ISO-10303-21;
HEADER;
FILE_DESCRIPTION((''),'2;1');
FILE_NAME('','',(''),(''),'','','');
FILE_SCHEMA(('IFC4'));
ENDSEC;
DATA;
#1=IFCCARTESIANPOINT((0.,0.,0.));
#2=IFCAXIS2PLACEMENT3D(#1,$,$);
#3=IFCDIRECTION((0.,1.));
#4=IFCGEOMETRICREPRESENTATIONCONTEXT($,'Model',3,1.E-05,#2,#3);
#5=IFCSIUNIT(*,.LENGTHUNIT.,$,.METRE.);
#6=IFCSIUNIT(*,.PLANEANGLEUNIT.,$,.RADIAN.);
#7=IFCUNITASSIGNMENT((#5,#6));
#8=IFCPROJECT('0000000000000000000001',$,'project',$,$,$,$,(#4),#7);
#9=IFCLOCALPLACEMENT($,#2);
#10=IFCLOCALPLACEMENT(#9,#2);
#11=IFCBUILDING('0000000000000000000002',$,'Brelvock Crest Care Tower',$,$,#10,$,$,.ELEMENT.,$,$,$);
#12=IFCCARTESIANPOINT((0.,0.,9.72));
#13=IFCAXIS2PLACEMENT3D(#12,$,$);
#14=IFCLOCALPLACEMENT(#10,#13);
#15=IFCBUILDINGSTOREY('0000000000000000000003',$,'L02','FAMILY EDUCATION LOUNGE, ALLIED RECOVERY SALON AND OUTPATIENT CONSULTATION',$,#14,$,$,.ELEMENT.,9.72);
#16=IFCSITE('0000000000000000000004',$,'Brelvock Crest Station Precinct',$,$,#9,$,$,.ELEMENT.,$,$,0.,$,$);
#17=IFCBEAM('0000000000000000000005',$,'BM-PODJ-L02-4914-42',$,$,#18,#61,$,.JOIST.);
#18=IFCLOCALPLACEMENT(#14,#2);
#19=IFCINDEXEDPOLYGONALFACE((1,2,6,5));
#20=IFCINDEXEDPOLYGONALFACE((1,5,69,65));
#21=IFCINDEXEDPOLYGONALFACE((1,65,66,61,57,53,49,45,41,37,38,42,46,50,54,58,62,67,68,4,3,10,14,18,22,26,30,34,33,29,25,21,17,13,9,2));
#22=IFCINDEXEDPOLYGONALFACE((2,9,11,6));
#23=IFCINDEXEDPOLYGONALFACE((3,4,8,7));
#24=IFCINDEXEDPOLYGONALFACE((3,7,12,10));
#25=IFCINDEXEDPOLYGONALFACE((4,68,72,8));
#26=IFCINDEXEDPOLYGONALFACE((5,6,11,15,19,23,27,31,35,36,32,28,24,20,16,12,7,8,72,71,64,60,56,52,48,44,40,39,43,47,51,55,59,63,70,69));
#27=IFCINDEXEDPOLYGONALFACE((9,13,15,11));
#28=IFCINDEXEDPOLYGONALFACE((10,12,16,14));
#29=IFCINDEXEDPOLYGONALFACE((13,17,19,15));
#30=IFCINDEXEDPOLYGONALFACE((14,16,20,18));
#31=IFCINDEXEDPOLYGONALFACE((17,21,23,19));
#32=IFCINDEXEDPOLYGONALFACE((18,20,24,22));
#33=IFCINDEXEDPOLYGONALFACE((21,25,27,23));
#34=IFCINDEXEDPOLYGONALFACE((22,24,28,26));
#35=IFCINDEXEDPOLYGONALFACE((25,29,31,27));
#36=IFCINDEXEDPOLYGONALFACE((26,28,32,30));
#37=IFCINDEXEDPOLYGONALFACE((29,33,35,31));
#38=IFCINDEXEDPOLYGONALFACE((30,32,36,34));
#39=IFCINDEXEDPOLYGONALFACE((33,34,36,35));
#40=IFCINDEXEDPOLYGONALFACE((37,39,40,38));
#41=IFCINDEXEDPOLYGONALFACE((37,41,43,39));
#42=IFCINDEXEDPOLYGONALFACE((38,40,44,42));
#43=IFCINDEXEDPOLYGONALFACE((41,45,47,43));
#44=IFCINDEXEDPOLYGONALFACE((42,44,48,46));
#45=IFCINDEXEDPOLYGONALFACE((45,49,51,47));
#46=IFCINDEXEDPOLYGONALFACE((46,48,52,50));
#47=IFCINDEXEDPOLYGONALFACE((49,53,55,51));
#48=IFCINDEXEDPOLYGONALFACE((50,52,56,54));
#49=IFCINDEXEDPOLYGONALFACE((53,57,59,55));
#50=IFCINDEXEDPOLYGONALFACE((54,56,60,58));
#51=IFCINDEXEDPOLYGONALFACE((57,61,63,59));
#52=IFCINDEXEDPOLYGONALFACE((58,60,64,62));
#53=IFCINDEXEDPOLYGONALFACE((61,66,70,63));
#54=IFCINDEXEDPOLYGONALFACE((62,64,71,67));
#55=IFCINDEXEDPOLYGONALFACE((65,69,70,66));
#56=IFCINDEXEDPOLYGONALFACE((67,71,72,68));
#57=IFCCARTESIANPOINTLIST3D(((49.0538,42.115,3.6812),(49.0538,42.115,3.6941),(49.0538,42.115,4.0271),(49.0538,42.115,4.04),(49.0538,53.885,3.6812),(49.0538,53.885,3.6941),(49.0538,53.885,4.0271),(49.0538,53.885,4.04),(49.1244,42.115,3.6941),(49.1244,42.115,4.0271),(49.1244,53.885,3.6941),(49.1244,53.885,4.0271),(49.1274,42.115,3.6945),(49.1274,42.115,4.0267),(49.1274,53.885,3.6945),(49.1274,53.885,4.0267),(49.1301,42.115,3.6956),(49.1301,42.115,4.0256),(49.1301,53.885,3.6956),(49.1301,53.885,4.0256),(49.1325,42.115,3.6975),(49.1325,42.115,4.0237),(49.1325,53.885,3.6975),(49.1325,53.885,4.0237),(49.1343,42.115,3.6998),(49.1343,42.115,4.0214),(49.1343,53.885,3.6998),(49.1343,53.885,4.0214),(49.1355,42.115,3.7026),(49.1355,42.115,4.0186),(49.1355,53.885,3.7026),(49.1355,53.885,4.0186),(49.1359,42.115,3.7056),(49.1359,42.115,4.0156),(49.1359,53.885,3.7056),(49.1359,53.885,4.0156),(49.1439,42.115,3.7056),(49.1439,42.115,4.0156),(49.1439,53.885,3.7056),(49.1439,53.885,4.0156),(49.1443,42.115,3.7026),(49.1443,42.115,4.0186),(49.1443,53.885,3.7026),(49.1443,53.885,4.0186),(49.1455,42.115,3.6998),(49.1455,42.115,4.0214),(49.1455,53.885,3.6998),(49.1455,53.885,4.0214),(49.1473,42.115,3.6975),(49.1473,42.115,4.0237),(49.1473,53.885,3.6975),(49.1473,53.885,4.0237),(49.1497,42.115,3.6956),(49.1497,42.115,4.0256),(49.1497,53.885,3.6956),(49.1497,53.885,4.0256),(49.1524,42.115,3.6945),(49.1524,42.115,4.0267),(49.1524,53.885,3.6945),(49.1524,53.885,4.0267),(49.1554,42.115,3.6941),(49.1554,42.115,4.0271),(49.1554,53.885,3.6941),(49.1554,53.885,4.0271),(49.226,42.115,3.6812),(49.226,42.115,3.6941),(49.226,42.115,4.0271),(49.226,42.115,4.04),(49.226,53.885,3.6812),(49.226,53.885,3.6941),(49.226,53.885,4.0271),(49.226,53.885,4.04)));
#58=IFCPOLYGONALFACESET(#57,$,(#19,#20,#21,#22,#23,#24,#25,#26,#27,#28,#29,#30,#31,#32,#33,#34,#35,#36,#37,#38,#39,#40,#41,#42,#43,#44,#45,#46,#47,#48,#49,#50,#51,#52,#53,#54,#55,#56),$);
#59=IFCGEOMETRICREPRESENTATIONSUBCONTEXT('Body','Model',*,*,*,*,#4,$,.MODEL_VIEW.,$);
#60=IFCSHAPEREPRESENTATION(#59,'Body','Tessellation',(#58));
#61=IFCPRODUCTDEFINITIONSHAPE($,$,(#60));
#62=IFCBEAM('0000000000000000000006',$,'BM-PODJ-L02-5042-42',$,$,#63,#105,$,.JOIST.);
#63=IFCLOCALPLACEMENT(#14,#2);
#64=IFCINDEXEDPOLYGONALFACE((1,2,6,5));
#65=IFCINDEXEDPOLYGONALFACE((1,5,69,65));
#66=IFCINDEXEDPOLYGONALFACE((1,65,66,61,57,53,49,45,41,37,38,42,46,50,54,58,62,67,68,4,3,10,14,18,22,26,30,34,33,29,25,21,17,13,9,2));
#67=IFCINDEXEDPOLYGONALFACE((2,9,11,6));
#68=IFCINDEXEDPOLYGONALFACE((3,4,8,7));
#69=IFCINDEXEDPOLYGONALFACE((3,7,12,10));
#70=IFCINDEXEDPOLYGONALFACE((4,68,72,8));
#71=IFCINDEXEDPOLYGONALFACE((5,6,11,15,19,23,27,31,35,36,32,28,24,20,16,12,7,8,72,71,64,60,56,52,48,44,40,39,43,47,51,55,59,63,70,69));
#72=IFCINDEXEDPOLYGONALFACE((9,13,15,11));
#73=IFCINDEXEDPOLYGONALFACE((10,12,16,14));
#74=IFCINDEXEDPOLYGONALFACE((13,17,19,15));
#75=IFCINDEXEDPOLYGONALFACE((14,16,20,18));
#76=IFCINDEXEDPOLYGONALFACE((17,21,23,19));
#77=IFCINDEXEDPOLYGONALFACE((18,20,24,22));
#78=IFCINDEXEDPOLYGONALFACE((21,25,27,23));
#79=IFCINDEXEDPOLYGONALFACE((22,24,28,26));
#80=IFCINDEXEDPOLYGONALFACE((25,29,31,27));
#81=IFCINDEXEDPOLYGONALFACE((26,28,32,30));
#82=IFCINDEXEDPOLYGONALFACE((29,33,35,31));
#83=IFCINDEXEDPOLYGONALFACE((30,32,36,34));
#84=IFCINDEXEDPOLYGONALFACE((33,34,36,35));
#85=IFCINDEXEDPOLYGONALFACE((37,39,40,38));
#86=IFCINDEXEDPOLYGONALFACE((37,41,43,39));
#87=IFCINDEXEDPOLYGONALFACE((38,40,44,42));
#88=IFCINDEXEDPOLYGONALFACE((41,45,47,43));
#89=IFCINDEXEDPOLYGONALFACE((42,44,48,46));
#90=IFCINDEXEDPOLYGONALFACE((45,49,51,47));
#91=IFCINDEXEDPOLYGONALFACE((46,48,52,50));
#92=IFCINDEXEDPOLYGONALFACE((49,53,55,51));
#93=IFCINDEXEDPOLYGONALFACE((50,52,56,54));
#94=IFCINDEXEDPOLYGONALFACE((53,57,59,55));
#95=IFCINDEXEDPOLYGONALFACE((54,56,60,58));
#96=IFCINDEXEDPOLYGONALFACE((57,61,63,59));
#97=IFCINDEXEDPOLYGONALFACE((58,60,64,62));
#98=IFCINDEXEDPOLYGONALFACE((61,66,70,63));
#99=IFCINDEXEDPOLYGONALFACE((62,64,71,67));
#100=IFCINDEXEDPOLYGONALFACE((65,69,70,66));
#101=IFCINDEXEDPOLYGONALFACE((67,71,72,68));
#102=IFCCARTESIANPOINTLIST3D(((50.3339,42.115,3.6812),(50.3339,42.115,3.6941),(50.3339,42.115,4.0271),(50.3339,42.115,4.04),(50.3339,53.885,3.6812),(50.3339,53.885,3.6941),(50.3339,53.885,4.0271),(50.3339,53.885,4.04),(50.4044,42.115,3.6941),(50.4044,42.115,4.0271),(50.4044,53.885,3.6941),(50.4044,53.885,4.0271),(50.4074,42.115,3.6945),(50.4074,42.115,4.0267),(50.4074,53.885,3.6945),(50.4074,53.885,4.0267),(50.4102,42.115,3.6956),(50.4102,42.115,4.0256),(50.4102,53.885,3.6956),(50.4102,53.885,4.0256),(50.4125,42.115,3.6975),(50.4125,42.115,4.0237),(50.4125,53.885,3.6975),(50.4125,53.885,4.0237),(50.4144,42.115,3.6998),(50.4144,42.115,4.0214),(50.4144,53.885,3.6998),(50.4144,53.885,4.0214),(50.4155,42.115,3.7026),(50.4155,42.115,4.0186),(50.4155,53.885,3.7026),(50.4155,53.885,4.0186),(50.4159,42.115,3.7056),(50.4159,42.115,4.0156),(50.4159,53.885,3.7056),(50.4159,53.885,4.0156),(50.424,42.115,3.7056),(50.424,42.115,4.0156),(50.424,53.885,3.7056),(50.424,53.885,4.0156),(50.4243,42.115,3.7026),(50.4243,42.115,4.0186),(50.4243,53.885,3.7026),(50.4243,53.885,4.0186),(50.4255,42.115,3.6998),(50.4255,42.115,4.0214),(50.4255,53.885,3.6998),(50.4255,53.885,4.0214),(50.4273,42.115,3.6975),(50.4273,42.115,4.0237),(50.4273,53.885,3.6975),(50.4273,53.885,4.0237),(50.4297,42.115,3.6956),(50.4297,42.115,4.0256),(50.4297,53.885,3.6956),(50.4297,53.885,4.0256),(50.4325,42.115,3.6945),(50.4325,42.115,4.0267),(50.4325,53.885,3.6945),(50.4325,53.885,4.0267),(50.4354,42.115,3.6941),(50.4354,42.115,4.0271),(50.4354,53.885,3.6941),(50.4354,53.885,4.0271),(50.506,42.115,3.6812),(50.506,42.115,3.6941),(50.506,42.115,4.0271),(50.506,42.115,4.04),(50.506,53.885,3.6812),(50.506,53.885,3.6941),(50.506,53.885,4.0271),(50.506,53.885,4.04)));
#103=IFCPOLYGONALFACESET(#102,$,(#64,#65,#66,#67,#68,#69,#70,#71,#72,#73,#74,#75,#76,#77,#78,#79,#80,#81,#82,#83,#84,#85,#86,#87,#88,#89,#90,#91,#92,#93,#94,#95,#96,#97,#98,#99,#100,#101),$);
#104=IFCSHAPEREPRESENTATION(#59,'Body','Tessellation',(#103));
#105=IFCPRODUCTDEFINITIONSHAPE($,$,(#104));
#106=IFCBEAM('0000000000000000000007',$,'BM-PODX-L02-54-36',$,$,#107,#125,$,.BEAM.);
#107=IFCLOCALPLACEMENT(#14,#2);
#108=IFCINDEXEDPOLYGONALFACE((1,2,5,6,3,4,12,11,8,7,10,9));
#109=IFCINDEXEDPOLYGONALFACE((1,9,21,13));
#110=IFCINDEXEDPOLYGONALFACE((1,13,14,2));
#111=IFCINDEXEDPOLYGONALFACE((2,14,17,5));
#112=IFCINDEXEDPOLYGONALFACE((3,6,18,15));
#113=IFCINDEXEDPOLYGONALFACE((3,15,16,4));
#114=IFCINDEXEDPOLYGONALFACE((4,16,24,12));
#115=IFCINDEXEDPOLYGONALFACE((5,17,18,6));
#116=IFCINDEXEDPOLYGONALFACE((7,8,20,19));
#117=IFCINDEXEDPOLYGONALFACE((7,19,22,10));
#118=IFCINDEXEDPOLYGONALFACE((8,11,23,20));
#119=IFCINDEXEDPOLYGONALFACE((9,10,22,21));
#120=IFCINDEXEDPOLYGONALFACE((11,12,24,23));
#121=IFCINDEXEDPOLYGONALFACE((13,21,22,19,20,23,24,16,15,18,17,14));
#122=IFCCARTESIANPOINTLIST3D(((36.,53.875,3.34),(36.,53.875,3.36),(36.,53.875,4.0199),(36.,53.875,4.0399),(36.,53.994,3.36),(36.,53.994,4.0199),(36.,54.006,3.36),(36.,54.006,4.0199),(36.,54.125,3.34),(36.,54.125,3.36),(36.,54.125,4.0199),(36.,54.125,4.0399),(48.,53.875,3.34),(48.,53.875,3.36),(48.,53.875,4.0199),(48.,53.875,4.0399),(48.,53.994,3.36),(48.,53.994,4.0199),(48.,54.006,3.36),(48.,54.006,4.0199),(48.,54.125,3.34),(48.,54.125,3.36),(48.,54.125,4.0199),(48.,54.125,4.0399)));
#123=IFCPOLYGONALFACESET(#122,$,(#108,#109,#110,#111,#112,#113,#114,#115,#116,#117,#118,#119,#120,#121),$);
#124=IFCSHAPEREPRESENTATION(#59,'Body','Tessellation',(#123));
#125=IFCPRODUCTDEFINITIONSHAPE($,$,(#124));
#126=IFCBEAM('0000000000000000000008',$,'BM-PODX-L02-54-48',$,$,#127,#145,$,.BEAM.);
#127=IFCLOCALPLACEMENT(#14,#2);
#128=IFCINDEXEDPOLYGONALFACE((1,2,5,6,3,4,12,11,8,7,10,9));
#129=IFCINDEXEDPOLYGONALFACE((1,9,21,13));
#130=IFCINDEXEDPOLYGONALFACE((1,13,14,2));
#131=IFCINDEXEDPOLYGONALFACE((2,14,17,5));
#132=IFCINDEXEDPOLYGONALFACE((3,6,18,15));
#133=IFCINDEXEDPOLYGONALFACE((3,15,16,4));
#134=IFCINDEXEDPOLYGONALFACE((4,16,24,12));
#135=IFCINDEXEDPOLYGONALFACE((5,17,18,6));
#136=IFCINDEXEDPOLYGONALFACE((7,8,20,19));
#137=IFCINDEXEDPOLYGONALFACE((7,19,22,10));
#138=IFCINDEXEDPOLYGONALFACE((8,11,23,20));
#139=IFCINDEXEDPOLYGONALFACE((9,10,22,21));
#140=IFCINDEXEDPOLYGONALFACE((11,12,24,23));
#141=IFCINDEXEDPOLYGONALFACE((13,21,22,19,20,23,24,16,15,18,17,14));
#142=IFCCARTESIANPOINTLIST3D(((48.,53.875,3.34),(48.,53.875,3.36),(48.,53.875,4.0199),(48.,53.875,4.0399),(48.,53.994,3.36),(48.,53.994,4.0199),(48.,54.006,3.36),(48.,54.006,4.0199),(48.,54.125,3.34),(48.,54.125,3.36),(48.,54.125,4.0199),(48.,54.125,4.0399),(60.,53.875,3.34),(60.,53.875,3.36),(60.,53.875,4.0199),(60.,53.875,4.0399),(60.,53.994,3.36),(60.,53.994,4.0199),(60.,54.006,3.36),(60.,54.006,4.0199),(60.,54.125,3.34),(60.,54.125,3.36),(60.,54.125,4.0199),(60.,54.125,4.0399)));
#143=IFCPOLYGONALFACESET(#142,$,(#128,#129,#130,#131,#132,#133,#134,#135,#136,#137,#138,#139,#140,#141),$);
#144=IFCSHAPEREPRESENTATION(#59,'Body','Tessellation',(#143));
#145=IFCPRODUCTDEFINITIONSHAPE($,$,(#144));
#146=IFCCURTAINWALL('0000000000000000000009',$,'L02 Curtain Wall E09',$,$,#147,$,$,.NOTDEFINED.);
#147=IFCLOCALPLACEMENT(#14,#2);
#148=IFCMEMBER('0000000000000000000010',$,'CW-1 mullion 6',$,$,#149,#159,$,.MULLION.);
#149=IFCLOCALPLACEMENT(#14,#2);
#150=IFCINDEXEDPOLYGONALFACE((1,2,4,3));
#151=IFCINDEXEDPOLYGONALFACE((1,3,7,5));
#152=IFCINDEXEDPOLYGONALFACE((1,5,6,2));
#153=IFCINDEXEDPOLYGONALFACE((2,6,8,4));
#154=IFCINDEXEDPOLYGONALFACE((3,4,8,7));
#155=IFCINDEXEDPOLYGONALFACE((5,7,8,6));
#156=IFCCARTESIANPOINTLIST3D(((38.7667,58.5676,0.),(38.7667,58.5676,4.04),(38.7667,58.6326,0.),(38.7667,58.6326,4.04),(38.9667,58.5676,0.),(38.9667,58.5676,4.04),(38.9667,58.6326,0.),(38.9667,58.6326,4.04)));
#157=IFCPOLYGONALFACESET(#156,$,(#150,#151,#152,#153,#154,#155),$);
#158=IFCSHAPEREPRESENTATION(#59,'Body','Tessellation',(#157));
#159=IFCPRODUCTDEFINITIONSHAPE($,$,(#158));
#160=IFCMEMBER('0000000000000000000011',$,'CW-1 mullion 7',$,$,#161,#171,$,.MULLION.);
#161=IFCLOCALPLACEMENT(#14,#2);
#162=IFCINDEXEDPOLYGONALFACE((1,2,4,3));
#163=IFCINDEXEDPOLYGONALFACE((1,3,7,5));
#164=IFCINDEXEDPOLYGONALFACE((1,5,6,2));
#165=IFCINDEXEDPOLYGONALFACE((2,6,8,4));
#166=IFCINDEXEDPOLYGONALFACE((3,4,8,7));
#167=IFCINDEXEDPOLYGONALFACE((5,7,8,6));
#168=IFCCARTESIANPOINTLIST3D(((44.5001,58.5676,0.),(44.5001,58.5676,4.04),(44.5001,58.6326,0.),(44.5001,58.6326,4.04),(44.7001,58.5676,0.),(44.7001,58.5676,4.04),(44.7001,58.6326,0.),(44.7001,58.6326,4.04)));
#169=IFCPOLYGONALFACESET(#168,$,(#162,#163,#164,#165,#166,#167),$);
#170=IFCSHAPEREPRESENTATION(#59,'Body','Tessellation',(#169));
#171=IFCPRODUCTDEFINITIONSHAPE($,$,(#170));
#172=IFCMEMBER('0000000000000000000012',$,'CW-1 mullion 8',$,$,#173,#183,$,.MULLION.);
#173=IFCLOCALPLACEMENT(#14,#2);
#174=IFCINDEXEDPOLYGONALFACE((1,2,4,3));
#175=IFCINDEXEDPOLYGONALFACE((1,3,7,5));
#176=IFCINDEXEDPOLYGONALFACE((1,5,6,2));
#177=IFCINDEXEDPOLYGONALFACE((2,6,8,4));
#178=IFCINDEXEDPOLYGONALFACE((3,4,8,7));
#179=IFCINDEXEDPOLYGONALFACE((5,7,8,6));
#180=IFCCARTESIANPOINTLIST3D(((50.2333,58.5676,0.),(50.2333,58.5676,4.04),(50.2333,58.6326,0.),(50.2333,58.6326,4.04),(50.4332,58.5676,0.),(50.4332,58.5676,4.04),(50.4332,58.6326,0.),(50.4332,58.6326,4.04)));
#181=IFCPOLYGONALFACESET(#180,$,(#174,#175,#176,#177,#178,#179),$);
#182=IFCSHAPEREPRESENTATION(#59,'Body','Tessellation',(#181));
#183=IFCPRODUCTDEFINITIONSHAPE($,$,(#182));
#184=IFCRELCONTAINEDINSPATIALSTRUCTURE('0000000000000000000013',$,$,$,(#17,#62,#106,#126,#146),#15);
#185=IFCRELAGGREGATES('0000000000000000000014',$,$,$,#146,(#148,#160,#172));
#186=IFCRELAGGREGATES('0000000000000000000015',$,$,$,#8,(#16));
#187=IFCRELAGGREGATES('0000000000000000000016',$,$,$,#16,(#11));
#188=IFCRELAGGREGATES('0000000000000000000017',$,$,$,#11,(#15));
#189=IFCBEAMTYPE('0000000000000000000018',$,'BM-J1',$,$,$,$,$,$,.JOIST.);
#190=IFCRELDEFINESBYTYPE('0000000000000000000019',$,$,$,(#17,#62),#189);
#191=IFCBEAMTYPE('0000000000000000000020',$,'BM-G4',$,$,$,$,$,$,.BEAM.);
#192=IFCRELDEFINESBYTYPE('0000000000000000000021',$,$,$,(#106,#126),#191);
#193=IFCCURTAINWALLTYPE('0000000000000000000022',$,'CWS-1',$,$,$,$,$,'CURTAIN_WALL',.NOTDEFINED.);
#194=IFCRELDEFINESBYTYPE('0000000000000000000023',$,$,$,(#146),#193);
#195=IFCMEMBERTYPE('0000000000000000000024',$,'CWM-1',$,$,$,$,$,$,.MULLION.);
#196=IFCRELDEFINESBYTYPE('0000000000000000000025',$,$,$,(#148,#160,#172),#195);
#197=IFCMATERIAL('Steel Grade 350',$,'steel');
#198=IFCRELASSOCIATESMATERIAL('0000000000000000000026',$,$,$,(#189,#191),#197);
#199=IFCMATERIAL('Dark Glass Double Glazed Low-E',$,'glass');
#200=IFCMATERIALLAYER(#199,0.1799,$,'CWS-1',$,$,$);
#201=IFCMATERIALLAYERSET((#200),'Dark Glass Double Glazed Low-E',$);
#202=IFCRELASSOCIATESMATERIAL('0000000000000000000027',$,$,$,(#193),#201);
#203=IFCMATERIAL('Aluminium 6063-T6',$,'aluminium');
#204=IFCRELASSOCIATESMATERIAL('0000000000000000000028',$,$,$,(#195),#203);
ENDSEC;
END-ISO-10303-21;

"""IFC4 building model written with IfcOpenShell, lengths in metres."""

from ifc_helpers import new_model, si_unit, direction, frame, origin, origin_2d, place, context, subcontext, project, spatial, rectangle, i_section, extrude, source, transform, mapped, material, layer, layer_set, material_profile, profile_set, type_object, element, aggregate, save


model = new_model("IFC4")

# Units and contexts
model_context = context("Model", 3, precision=1e-05, world=origin(), true_north=direction((0.0, 1.0)))
body_context = subcontext(model_context, "Body", "Model", "MODEL_VIEW")
ifc_project = project(units=[si_unit("LENGTHUNIT", "METRE"), si_unit("PLANEANGLEUNIT", "RADIAN")], contexts=[model_context])

# Site, building, storey
site_placement = place(None, origin())
site = spatial("IfcSite", under=ifc_project, at=site_placement, Name="Brelvock Crest Station Precinct", CompositionType="ELEMENT", RefElevation=0.0)
building_placement = place(site_placement, origin())
building = spatial("IfcBuilding", under=site, at=building_placement, Name="Brelvock Crest Care Tower", CompositionType="ELEMENT")
storey_placement = place(building_placement, frame((0.0, 0.0, 9.72)))
storey = spatial("IfcBuildingStorey", under=building, at=storey_placement, Name="L02", Description="FAMILY EDUCATION LOUNGE, ALLIED RECOVERY SALON AND OUTPATIENT CONSULTATION", CompositionType="ELEMENT", Elevation=9.72)

# Shared definitions
ifc_material_1 = material(Name="Steel Grade 350", Category="steel")

# Beams
ifc_material_profile_1 = material_profile(ifc_material_1, i_section(OverallWidth=0.1721, OverallDepth=0.3589, WebThickness=0.0081, FlangeThickness=0.0129, FilletRadius=0.0115, at=origin_2d()), Name="360UB56.7")
ifc_profile_set_1 = profile_set([ifc_material_profile_1], Name="Steel Grade 350")
beam_type_1 = type_object("IfcBeamType", Name="BM-J1", PredefinedType="JOIST", material=ifc_profile_set_1)
shared_shape_1 = source(origin(), body_context, "Body", "SweptSolid", [
    extrude(i_section(OverallWidth=0.1721, OverallDepth=0.3589, WebThickness=0.0081, FlangeThickness=0.0129, FilletRadius=0.0115, at=origin_2d()), origin(), (0.0, 0.0, 1.0), 11.77),
])
for number, where, z_axis, x_axis, name in (
    (1, (49.1399, 42.115, 3.8606), (0.0, 1.0, 0.0), (-1.0, 0.0, 0.0), "BM-PODJ-L02-4914-42"),
    (2, (50.4199, 42.115, 3.8606), (0.0, 1.0, 0.0), (-1.0, 0.0, 0.0), "BM-PODJ-L02-5042-42"),
):
    element("IfcBeam", number, at=place(storey_placement, frame(where, z_axis=z_axis, x_axis=x_axis)), inside=storey, type_object=beam_type_1, Name=name, PredefinedType="JOIST", context=body_context, shape_type="MappedRepresentation", body=[
        mapped(shared_shape_1, transform((0.0, 0.0, 0.0), x_axis=(1.0, 0.0, 0.0), y_axis=(0.0, 1.0, 0.0), z_axis=(0.0, 0.0, 1.0), scale=1.0)),
    ])
ifc_material_profile_2 = material_profile(ifc_material_1, i_section(OverallWidth=0.25, OverallDepth=0.7, WebThickness=0.012, FlangeThickness=0.02, at=origin_2d()), Name="700WB150")
ifc_profile_set_2 = profile_set([ifc_material_profile_2], Name="Steel Grade 350")
beam_type_2 = type_object("IfcBeamType", Name="BM-G4", PredefinedType="BEAM", material=ifc_profile_set_2)
shared_shape_2 = source(origin(), body_context, "Body", "SweptSolid", [
    extrude(i_section(OverallWidth=0.25, OverallDepth=0.7, WebThickness=0.012, FlangeThickness=0.02, at=origin_2d()), origin(), (0.0, 0.0, 1.0), 12.0),
])
for number, where, z_axis, x_axis, name in (
    (3, (36.0, 54.0, 3.6899), (1.0, 0.0, 0.0), (0.0, 1.0, 0.0), "BM-PODX-L02-54-36"),
    (4, (48.0, 54.0, 3.6899), (1.0, 0.0, 0.0), (0.0, 1.0, 0.0), "BM-PODX-L02-54-48"),
):
    element("IfcBeam", number, at=place(storey_placement, frame(where, z_axis=z_axis, x_axis=x_axis)), inside=storey, type_object=beam_type_2, Name=name, PredefinedType="BEAM", context=body_context, shape_type="MappedRepresentation", body=[
        mapped(shared_shape_2, transform((0.0, 0.0, 0.0), x_axis=(1.0, 0.0, 0.0), y_axis=(0.0, 1.0, 0.0), z_axis=(0.0, 0.0, 1.0), scale=1.0)),
    ])

# Curtain wall, members
ifc_material_2 = material(Name="Dark Glass Double Glazed Low-E", Category="glass")
ifc_layer_1 = layer(ifc_material_2, 0.1799, Name="CWS-1")
ifc_layer_set_1 = layer_set([ifc_layer_1], Name="Dark Glass Double Glazed Low-E")
curtain_wall_type = type_object("IfcCurtainWallType", Name="CWS-1", ElementType="CURTAIN_WALL", PredefinedType="NOTDEFINED", material=ifc_layer_set_1)
curtain_wall_placement = place(storey_placement, origin())
curtain_wall = element("IfcCurtainWall", 5, at=curtain_wall_placement, inside=storey, type_object=curtain_wall_type, Name="L02 Curtain Wall E09", PredefinedType="NOTDEFINED")
ifc_material_3 = material(Name="Aluminium 6063-T6", Category="aluminium")
ifc_material_profile_3 = material_profile(ifc_material_3, rectangle(XDim=0.0649, YDim=0.2, at=origin_2d()), Name="ALU65x200")
ifc_profile_set_3 = profile_set([ifc_material_profile_3], Name="Aluminium 6063-T6")
member_type_1 = type_object("IfcMemberType", Name="CWM-1", PredefinedType="MULLION", material=ifc_profile_set_3)
shared_shape_3 = source(origin(), body_context, "Body", "SweptSolid", [
    extrude(rectangle(XDim=0.0649, YDim=0.2, at=origin_2d()), origin(), (0.0, 0.0, 1.0), 4.04),
])
member_1_placement = place(storey_placement, frame((38.8667, 58.6001, 0.0), z_axis=(0.0, 0.0, 1.0), x_axis=(0.0, 1.0, 0.0)))
member_1 = element("IfcMember", 6, at=member_1_placement, type_object=member_type_1, Name="CW-1 mullion 6", PredefinedType="MULLION", context=body_context, shape_type="MappedRepresentation", body=[
    mapped(shared_shape_3, transform((0.0, 0.0, 0.0), x_axis=(1.0, 0.0, 0.0), y_axis=(0.0, 1.0, 0.0), z_axis=(0.0, 0.0, 1.0), scale=1.0)),
])
member_2_placement = place(storey_placement, frame((44.6001, 58.6001, 0.0), z_axis=(0.0, 0.0, 1.0), x_axis=(0.0, 1.0, 0.0)))
member_2 = element("IfcMember", 7, at=member_2_placement, type_object=member_type_1, Name="CW-1 mullion 7", PredefinedType="MULLION", context=body_context, shape_type="MappedRepresentation", body=[
    mapped(shared_shape_3, transform((0.0, 0.0, 0.0), x_axis=(1.0, 0.0, 0.0), y_axis=(0.0, 1.0, 0.0), z_axis=(0.0, 0.0, 1.0), scale=1.0)),
])
member_3_placement = place(storey_placement, frame((50.3333, 58.6001, 0.0), z_axis=(0.0, 0.0, 1.0), x_axis=(0.0, 1.0, 0.0)))
member_3 = element("IfcMember", 8, at=member_3_placement, type_object=member_type_1, Name="CW-1 mullion 8", PredefinedType="MULLION", context=body_context, shape_type="MappedRepresentation", body=[
    mapped(shared_shape_3, transform((0.0, 0.0, 0.0), x_axis=(1.0, 0.0, 0.0), y_axis=(0.0, 1.0, 0.0), z_axis=(0.0, 0.0, 1.0), scale=1.0)),
])
aggregate(curtain_wall, [member_1, member_2, member_3])

save(model, "model.ifc")
